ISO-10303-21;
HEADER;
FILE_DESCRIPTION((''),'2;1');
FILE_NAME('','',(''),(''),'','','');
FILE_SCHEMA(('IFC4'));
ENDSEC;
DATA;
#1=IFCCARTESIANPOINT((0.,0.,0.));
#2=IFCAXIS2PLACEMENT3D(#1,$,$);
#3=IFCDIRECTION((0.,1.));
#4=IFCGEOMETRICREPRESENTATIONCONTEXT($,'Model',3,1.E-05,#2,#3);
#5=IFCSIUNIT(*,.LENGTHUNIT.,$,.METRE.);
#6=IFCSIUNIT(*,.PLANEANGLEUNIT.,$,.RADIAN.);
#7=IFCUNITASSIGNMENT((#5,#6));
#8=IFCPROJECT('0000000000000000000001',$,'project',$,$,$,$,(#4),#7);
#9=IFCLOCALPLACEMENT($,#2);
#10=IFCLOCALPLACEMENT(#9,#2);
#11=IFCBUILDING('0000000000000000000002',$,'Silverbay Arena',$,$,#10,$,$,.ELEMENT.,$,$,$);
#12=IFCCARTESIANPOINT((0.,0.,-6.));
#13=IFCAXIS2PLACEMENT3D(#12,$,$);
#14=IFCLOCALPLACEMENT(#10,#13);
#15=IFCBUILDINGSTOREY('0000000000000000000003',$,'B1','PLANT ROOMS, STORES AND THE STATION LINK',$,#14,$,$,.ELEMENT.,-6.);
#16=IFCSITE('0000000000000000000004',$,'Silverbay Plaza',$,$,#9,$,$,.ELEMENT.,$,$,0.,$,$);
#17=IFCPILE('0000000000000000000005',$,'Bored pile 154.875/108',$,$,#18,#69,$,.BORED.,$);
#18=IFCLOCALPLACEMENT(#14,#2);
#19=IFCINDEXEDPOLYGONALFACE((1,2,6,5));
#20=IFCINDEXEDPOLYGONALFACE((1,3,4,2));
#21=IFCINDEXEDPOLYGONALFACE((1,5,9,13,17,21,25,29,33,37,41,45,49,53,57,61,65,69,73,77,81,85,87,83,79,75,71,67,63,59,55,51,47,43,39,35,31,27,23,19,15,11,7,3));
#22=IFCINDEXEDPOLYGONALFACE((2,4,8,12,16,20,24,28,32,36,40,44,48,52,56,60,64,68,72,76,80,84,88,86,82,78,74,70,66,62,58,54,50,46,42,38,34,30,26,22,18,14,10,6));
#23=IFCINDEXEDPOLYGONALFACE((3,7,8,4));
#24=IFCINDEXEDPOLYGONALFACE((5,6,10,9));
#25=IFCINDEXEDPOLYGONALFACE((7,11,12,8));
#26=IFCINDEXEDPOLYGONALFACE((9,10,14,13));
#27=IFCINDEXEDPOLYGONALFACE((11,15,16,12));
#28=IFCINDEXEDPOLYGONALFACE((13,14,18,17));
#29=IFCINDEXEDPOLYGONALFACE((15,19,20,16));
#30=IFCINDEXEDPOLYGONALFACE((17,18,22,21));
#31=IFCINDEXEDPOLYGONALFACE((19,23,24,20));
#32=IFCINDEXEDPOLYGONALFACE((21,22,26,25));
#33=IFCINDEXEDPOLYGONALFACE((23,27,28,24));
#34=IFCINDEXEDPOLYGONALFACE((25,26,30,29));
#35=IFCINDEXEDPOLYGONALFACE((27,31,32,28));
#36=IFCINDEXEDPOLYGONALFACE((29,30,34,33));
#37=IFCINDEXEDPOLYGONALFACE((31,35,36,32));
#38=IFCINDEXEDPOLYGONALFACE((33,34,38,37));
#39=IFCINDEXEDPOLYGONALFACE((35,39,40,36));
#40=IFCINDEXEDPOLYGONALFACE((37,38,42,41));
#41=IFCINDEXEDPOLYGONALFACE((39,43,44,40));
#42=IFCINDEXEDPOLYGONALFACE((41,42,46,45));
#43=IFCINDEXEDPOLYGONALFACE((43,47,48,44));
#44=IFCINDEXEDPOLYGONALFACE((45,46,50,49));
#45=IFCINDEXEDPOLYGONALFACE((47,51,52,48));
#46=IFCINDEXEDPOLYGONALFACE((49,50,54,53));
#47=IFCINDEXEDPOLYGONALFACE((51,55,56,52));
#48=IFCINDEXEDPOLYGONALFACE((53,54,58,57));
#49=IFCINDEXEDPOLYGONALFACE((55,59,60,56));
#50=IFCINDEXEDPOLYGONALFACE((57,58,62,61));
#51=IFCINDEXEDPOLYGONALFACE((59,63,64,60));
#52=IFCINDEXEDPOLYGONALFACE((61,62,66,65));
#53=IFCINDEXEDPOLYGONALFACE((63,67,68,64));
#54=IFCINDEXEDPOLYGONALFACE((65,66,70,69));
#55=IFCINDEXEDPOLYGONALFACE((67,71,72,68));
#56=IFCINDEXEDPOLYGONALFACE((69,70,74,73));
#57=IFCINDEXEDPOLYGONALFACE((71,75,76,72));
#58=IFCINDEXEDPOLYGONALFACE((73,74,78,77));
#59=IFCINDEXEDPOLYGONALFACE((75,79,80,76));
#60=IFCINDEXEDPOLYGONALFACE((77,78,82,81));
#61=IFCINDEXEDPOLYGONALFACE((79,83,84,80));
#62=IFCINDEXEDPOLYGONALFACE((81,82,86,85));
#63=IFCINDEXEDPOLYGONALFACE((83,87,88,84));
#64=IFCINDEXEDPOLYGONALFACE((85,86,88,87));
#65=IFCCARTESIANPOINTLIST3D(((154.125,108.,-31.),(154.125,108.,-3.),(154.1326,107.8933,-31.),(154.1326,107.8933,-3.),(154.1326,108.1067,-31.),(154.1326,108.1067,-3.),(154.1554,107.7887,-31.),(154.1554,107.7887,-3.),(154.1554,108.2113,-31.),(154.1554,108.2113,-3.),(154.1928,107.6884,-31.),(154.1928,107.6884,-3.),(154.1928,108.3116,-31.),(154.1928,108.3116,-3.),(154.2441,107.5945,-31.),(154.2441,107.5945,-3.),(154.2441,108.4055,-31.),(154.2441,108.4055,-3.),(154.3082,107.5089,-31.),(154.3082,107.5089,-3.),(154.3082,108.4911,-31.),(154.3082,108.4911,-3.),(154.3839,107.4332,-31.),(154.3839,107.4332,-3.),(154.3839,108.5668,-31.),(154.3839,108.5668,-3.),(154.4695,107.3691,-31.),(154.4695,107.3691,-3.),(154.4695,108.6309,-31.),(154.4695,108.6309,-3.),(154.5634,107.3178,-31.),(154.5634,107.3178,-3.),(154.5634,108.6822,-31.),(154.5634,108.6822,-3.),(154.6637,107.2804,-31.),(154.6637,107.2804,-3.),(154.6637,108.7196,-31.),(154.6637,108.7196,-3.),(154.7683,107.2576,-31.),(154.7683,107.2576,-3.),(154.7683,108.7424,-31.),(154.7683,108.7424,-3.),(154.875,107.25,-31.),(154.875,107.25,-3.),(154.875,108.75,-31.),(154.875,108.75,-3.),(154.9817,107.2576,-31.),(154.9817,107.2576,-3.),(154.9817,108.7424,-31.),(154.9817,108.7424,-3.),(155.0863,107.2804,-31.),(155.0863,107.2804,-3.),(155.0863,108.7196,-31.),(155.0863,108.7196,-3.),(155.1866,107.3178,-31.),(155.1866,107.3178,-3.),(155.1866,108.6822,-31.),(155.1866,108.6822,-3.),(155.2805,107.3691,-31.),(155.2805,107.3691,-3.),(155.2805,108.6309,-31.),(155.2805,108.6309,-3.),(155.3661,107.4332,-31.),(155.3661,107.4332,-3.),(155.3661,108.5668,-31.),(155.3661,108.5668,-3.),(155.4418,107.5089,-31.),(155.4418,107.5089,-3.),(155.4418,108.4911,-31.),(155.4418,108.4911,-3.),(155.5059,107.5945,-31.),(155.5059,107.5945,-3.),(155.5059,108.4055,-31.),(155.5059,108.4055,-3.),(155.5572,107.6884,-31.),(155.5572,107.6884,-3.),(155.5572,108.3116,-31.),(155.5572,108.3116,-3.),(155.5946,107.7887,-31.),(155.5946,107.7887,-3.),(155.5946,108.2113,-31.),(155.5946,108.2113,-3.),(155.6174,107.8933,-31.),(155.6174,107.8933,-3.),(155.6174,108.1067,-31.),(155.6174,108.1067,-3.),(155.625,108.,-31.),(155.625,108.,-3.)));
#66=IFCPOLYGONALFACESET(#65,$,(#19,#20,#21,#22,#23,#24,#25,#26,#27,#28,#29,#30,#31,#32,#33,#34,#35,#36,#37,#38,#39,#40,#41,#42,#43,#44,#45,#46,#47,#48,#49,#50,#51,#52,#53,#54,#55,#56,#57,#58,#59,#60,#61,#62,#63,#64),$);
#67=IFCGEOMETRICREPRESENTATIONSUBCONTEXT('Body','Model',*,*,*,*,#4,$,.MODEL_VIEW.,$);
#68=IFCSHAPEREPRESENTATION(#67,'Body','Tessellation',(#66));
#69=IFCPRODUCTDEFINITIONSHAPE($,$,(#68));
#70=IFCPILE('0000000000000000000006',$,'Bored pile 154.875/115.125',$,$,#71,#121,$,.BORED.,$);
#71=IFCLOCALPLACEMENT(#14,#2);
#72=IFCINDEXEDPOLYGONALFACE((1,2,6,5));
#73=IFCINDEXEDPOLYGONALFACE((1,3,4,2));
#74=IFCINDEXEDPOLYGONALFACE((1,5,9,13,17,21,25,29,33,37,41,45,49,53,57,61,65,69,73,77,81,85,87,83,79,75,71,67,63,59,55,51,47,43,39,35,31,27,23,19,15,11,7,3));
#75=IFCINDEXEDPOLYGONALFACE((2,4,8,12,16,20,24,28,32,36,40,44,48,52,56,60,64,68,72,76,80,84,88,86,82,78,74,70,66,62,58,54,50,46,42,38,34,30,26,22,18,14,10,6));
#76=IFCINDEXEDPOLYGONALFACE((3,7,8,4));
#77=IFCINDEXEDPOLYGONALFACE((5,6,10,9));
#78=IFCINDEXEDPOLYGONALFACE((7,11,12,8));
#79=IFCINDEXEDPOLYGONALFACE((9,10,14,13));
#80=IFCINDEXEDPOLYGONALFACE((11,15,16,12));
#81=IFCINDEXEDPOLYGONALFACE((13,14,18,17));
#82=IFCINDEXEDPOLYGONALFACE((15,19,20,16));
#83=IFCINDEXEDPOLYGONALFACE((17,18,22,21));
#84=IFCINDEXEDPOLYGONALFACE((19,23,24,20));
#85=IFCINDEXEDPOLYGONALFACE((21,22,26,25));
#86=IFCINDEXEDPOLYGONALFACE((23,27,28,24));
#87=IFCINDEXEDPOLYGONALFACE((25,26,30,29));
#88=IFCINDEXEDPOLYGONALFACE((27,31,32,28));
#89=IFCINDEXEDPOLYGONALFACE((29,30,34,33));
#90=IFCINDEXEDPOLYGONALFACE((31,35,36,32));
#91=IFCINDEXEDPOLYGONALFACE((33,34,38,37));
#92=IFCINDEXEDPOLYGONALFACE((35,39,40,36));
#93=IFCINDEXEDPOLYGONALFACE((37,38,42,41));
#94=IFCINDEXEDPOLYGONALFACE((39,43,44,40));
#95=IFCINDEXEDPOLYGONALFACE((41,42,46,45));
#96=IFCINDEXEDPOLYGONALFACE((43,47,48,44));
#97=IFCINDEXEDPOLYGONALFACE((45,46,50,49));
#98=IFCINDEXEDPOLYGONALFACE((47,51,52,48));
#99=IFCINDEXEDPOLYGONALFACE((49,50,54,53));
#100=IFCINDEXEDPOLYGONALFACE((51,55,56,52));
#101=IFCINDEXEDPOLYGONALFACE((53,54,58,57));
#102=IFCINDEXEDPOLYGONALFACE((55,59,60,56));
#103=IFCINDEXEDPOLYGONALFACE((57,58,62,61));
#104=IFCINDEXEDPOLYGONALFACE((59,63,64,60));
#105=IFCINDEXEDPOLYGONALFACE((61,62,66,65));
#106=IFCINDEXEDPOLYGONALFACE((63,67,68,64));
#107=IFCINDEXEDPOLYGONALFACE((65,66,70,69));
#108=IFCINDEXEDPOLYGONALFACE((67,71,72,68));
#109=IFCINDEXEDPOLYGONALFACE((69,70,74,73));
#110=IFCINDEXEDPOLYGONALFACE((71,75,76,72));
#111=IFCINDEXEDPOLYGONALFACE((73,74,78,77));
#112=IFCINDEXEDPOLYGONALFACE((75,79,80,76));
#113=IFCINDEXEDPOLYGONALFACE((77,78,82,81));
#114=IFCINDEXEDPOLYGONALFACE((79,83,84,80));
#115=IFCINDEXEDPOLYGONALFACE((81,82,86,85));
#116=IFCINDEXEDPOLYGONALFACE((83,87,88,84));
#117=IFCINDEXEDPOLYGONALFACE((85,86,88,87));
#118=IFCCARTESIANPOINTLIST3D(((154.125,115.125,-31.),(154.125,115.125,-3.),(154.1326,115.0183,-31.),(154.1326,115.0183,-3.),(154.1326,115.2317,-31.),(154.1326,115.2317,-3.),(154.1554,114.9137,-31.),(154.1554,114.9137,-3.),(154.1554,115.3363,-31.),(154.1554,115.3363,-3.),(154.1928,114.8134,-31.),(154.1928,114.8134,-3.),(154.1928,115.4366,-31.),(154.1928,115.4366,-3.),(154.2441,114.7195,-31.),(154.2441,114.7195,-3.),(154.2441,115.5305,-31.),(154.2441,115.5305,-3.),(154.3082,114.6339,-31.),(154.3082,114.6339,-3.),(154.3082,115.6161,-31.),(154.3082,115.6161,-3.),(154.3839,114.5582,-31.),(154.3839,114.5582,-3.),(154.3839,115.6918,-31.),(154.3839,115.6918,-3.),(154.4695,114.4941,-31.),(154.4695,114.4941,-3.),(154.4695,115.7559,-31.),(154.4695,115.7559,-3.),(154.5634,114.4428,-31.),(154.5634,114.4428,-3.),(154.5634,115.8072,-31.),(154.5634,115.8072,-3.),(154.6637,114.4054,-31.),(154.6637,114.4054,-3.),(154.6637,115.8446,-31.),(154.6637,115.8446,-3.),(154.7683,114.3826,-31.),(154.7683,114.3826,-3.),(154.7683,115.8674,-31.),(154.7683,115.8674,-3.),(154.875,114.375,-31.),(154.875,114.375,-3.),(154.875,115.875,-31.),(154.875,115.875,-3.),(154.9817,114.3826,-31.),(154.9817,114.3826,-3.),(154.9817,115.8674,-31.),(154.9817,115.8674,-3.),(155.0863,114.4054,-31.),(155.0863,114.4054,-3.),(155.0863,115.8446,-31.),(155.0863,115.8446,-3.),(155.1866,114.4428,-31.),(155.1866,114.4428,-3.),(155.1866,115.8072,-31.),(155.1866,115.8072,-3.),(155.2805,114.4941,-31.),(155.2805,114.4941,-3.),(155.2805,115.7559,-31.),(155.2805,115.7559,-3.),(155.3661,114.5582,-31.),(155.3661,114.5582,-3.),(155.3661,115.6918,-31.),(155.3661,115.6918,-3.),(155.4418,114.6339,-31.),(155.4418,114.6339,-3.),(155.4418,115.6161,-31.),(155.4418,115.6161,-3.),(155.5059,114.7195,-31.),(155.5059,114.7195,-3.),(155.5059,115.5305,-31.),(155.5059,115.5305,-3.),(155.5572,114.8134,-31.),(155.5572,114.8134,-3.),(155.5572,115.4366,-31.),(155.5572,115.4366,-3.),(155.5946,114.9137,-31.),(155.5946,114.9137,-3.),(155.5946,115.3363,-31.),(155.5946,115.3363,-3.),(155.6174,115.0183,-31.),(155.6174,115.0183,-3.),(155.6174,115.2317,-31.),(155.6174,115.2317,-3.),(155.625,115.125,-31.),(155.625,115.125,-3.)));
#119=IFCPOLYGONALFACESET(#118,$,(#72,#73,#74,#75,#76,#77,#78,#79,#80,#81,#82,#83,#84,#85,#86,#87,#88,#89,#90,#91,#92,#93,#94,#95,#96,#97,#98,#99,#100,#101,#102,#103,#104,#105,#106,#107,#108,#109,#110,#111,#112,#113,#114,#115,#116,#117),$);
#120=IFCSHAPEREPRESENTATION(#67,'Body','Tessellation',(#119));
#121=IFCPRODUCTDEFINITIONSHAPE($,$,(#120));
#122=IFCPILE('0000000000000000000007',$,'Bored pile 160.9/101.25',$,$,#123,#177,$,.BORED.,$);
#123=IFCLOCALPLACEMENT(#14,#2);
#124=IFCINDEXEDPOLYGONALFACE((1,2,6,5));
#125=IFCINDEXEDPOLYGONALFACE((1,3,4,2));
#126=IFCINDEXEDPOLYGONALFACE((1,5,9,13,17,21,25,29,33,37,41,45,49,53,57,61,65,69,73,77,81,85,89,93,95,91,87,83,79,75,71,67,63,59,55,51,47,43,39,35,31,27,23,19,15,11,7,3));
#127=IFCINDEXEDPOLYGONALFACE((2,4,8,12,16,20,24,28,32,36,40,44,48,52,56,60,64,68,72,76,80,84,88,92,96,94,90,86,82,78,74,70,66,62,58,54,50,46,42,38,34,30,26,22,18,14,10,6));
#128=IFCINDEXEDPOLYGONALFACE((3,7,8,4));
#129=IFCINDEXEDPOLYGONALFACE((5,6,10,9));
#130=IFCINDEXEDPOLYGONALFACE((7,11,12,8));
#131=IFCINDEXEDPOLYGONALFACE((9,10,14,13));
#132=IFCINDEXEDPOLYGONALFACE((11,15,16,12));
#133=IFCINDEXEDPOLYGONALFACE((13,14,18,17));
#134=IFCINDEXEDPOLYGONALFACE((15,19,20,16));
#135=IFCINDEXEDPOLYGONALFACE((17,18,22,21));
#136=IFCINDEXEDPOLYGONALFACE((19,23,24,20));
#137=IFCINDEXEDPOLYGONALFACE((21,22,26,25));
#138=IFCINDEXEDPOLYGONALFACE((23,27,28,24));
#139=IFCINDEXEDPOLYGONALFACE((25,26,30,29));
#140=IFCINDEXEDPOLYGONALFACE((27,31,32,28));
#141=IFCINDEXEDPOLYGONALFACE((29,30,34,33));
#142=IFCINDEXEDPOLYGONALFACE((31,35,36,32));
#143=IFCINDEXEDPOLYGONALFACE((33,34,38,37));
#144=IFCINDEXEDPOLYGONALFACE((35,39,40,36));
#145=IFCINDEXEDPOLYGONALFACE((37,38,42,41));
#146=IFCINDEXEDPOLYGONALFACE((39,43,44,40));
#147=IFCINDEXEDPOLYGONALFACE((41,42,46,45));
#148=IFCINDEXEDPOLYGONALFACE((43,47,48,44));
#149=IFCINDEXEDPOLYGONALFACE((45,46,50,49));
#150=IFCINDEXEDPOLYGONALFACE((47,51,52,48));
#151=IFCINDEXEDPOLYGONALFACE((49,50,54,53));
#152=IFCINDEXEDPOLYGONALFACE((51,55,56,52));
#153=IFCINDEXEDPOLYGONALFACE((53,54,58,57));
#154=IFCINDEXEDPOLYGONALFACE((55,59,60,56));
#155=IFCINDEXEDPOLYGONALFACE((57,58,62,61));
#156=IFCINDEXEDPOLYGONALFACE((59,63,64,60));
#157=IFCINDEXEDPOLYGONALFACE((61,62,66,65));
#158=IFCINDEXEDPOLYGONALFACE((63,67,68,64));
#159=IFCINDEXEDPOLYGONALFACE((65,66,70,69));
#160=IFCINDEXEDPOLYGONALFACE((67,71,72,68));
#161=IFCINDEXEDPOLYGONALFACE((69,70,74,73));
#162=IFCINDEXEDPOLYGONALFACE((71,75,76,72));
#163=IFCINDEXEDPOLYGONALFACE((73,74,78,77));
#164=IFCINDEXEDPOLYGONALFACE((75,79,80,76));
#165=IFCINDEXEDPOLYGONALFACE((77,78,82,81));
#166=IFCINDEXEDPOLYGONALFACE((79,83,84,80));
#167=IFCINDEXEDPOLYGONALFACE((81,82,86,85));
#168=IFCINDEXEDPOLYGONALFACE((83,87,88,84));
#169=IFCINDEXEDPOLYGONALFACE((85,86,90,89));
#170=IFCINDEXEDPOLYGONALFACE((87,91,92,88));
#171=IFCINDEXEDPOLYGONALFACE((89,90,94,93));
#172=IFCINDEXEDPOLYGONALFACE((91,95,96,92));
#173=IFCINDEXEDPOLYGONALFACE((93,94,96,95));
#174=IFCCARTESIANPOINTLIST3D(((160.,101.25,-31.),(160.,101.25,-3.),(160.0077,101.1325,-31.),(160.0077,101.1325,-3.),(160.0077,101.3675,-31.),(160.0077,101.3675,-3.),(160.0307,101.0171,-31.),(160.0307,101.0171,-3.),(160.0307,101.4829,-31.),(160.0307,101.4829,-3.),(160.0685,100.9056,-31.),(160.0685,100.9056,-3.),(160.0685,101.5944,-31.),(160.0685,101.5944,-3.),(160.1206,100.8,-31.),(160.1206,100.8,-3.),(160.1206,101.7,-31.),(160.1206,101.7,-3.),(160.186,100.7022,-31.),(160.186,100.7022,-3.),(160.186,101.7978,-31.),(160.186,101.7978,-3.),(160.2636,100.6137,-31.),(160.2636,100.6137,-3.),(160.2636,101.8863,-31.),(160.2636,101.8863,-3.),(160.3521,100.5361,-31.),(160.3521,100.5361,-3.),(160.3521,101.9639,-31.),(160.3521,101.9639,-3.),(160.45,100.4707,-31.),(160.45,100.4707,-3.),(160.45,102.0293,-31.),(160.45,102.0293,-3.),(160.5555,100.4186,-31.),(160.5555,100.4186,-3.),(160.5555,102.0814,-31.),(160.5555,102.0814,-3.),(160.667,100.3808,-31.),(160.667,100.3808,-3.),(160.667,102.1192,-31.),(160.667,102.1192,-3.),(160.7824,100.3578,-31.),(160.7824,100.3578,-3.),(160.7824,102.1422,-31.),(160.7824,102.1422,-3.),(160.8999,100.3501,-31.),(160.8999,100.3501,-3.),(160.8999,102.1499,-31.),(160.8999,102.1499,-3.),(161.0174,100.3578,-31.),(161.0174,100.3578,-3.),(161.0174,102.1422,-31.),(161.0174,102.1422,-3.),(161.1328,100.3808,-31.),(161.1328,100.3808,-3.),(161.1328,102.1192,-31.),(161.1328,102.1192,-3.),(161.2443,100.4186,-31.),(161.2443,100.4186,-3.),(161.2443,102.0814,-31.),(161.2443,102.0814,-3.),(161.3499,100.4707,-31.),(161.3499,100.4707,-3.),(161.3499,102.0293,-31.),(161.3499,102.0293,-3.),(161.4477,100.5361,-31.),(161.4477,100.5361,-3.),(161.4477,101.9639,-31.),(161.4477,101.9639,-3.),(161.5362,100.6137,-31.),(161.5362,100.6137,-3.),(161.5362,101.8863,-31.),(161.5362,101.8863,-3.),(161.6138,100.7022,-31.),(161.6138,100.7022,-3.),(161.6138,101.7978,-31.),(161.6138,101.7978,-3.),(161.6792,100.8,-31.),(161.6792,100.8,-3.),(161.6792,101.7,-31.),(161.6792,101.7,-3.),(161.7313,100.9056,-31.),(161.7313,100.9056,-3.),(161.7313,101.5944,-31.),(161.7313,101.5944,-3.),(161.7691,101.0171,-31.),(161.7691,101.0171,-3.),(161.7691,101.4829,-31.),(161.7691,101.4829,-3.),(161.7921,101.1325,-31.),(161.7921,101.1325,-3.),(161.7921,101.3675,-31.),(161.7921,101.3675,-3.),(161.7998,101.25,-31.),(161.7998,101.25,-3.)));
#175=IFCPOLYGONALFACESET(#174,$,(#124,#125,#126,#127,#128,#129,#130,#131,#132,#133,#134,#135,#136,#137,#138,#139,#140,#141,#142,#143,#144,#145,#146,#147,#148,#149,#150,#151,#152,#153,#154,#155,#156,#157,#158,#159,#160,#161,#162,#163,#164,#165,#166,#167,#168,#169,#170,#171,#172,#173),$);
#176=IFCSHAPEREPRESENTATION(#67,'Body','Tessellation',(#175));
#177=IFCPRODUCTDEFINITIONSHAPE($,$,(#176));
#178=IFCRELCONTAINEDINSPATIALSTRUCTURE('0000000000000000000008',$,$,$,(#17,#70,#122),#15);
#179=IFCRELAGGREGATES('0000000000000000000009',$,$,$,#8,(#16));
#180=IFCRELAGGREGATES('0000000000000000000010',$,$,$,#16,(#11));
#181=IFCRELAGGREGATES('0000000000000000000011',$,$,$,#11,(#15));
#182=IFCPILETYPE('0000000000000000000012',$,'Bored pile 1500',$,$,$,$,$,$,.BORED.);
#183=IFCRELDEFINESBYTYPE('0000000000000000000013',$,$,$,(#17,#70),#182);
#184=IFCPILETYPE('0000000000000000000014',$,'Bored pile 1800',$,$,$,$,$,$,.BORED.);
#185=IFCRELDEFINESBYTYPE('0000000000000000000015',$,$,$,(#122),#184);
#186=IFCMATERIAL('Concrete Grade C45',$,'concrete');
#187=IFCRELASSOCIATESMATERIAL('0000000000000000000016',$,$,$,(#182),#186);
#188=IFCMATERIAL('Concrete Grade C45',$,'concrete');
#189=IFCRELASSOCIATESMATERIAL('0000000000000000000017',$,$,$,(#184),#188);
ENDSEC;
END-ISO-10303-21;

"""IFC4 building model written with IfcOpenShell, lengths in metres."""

from ifc_helpers import new_model, si_unit, direction, frame, origin, origin_2d, place, context, subcontext, project, spatial, circle, extrude, material, material_profile, profile_set, type_object, element, save


model = new_model("IFC4")

# Units and contexts
model_context = context("Model", 3, precision=1e-05, world=origin(), true_north=direction((0.0, 1.0)))
body_context = subcontext(model_context, "Body", "Model", "MODEL_VIEW")
ifc_project = project(units=[si_unit("LENGTHUNIT", "METRE"), si_unit("PLANEANGLEUNIT", "RADIAN")], contexts=[model_context])

# Site, building, storey
site_placement = place(None, origin())
site = spatial("IfcSite", under=ifc_project, at=site_placement, Name="Silverbay Plaza", CompositionType="ELEMENT", RefElevation=0.0)
building_placement = place(site_placement, origin())
building = spatial("IfcBuilding", under=site, at=building_placement, Name="Silverbay Arena", CompositionType="ELEMENT")
storey_placement = place(building_placement, frame((0.0, 0.0, -6.0)))
storey = spatial("IfcBuildingStorey", under=building, at=storey_placement, Name="B1", Description="PLANT ROOMS, STORES AND THE STATION LINK", CompositionType="ELEMENT", Elevation=-6.0)

# Piles
ifc_material_1 = material(Name="Concrete Grade C45", Category="concrete")
ifc_material_profile_1 = material_profile(ifc_material_1, circle(Radius=0.75, at=origin_2d()), Name="Bored pile 1500")
ifc_profile_set_1 = profile_set([ifc_material_profile_1], Name="Concrete Grade C45")
pile_type_1 = type_object("IfcPileType", Name="Bored pile 1500", PredefinedType="BORED", material=ifc_profile_set_1)
for number, where, z_axis, x_axis, name in (
    (1, (154.875, 108.0, -3.0), (0.0, 0.0, -1.0), (1.0, 0.0, 0.0), "Bored pile 154.875/108"),
    (2, (154.875, 115.125, -3.0), (0.0, 0.0, -1.0), (1.0, 0.0, 0.0), "Bored pile 154.875/115.125"),
):
    element("IfcPile", number, at=place(storey_placement, frame(where, z_axis=z_axis, x_axis=x_axis)), inside=storey, type_object=pile_type_1, Name=name, PredefinedType="BORED", context=body_context, shape_type="SweptSolid", body=[
        extrude(circle(Radius=0.75, at=origin_2d()), origin(), (0.0, 0.0, 1.0), 28.0),
    ])
ifc_material_2 = material(Name="Concrete Grade C45", Category="concrete")
ifc_material_profile_2 = material_profile(ifc_material_2, circle(Radius=0.8999, at=origin_2d()), Name="Bored pile 1800")
ifc_profile_set_2 = profile_set([ifc_material_profile_2], Name="Concrete Grade C45")
pile_type_2 = type_object("IfcPileType", Name="Bored pile 1800", PredefinedType="BORED", material=ifc_profile_set_2)
for number, where, z_axis, x_axis, name in (
    (3, (160.8999, 101.25, -3.0), (0.0, 0.0, -1.0), (1.0, 0.0, 0.0), "Bored pile 160.9/101.25"),
):
    element("IfcPile", number, at=place(storey_placement, frame(where, z_axis=z_axis, x_axis=x_axis)), inside=storey, type_object=pile_type_2, Name=name, PredefinedType="BORED", context=body_context, shape_type="SweptSolid", body=[
        extrude(circle(Radius=0.8999, at=origin_2d()), origin(), (0.0, 0.0, 1.0), 28.0),
    ])

save(model, "model.ifc")
